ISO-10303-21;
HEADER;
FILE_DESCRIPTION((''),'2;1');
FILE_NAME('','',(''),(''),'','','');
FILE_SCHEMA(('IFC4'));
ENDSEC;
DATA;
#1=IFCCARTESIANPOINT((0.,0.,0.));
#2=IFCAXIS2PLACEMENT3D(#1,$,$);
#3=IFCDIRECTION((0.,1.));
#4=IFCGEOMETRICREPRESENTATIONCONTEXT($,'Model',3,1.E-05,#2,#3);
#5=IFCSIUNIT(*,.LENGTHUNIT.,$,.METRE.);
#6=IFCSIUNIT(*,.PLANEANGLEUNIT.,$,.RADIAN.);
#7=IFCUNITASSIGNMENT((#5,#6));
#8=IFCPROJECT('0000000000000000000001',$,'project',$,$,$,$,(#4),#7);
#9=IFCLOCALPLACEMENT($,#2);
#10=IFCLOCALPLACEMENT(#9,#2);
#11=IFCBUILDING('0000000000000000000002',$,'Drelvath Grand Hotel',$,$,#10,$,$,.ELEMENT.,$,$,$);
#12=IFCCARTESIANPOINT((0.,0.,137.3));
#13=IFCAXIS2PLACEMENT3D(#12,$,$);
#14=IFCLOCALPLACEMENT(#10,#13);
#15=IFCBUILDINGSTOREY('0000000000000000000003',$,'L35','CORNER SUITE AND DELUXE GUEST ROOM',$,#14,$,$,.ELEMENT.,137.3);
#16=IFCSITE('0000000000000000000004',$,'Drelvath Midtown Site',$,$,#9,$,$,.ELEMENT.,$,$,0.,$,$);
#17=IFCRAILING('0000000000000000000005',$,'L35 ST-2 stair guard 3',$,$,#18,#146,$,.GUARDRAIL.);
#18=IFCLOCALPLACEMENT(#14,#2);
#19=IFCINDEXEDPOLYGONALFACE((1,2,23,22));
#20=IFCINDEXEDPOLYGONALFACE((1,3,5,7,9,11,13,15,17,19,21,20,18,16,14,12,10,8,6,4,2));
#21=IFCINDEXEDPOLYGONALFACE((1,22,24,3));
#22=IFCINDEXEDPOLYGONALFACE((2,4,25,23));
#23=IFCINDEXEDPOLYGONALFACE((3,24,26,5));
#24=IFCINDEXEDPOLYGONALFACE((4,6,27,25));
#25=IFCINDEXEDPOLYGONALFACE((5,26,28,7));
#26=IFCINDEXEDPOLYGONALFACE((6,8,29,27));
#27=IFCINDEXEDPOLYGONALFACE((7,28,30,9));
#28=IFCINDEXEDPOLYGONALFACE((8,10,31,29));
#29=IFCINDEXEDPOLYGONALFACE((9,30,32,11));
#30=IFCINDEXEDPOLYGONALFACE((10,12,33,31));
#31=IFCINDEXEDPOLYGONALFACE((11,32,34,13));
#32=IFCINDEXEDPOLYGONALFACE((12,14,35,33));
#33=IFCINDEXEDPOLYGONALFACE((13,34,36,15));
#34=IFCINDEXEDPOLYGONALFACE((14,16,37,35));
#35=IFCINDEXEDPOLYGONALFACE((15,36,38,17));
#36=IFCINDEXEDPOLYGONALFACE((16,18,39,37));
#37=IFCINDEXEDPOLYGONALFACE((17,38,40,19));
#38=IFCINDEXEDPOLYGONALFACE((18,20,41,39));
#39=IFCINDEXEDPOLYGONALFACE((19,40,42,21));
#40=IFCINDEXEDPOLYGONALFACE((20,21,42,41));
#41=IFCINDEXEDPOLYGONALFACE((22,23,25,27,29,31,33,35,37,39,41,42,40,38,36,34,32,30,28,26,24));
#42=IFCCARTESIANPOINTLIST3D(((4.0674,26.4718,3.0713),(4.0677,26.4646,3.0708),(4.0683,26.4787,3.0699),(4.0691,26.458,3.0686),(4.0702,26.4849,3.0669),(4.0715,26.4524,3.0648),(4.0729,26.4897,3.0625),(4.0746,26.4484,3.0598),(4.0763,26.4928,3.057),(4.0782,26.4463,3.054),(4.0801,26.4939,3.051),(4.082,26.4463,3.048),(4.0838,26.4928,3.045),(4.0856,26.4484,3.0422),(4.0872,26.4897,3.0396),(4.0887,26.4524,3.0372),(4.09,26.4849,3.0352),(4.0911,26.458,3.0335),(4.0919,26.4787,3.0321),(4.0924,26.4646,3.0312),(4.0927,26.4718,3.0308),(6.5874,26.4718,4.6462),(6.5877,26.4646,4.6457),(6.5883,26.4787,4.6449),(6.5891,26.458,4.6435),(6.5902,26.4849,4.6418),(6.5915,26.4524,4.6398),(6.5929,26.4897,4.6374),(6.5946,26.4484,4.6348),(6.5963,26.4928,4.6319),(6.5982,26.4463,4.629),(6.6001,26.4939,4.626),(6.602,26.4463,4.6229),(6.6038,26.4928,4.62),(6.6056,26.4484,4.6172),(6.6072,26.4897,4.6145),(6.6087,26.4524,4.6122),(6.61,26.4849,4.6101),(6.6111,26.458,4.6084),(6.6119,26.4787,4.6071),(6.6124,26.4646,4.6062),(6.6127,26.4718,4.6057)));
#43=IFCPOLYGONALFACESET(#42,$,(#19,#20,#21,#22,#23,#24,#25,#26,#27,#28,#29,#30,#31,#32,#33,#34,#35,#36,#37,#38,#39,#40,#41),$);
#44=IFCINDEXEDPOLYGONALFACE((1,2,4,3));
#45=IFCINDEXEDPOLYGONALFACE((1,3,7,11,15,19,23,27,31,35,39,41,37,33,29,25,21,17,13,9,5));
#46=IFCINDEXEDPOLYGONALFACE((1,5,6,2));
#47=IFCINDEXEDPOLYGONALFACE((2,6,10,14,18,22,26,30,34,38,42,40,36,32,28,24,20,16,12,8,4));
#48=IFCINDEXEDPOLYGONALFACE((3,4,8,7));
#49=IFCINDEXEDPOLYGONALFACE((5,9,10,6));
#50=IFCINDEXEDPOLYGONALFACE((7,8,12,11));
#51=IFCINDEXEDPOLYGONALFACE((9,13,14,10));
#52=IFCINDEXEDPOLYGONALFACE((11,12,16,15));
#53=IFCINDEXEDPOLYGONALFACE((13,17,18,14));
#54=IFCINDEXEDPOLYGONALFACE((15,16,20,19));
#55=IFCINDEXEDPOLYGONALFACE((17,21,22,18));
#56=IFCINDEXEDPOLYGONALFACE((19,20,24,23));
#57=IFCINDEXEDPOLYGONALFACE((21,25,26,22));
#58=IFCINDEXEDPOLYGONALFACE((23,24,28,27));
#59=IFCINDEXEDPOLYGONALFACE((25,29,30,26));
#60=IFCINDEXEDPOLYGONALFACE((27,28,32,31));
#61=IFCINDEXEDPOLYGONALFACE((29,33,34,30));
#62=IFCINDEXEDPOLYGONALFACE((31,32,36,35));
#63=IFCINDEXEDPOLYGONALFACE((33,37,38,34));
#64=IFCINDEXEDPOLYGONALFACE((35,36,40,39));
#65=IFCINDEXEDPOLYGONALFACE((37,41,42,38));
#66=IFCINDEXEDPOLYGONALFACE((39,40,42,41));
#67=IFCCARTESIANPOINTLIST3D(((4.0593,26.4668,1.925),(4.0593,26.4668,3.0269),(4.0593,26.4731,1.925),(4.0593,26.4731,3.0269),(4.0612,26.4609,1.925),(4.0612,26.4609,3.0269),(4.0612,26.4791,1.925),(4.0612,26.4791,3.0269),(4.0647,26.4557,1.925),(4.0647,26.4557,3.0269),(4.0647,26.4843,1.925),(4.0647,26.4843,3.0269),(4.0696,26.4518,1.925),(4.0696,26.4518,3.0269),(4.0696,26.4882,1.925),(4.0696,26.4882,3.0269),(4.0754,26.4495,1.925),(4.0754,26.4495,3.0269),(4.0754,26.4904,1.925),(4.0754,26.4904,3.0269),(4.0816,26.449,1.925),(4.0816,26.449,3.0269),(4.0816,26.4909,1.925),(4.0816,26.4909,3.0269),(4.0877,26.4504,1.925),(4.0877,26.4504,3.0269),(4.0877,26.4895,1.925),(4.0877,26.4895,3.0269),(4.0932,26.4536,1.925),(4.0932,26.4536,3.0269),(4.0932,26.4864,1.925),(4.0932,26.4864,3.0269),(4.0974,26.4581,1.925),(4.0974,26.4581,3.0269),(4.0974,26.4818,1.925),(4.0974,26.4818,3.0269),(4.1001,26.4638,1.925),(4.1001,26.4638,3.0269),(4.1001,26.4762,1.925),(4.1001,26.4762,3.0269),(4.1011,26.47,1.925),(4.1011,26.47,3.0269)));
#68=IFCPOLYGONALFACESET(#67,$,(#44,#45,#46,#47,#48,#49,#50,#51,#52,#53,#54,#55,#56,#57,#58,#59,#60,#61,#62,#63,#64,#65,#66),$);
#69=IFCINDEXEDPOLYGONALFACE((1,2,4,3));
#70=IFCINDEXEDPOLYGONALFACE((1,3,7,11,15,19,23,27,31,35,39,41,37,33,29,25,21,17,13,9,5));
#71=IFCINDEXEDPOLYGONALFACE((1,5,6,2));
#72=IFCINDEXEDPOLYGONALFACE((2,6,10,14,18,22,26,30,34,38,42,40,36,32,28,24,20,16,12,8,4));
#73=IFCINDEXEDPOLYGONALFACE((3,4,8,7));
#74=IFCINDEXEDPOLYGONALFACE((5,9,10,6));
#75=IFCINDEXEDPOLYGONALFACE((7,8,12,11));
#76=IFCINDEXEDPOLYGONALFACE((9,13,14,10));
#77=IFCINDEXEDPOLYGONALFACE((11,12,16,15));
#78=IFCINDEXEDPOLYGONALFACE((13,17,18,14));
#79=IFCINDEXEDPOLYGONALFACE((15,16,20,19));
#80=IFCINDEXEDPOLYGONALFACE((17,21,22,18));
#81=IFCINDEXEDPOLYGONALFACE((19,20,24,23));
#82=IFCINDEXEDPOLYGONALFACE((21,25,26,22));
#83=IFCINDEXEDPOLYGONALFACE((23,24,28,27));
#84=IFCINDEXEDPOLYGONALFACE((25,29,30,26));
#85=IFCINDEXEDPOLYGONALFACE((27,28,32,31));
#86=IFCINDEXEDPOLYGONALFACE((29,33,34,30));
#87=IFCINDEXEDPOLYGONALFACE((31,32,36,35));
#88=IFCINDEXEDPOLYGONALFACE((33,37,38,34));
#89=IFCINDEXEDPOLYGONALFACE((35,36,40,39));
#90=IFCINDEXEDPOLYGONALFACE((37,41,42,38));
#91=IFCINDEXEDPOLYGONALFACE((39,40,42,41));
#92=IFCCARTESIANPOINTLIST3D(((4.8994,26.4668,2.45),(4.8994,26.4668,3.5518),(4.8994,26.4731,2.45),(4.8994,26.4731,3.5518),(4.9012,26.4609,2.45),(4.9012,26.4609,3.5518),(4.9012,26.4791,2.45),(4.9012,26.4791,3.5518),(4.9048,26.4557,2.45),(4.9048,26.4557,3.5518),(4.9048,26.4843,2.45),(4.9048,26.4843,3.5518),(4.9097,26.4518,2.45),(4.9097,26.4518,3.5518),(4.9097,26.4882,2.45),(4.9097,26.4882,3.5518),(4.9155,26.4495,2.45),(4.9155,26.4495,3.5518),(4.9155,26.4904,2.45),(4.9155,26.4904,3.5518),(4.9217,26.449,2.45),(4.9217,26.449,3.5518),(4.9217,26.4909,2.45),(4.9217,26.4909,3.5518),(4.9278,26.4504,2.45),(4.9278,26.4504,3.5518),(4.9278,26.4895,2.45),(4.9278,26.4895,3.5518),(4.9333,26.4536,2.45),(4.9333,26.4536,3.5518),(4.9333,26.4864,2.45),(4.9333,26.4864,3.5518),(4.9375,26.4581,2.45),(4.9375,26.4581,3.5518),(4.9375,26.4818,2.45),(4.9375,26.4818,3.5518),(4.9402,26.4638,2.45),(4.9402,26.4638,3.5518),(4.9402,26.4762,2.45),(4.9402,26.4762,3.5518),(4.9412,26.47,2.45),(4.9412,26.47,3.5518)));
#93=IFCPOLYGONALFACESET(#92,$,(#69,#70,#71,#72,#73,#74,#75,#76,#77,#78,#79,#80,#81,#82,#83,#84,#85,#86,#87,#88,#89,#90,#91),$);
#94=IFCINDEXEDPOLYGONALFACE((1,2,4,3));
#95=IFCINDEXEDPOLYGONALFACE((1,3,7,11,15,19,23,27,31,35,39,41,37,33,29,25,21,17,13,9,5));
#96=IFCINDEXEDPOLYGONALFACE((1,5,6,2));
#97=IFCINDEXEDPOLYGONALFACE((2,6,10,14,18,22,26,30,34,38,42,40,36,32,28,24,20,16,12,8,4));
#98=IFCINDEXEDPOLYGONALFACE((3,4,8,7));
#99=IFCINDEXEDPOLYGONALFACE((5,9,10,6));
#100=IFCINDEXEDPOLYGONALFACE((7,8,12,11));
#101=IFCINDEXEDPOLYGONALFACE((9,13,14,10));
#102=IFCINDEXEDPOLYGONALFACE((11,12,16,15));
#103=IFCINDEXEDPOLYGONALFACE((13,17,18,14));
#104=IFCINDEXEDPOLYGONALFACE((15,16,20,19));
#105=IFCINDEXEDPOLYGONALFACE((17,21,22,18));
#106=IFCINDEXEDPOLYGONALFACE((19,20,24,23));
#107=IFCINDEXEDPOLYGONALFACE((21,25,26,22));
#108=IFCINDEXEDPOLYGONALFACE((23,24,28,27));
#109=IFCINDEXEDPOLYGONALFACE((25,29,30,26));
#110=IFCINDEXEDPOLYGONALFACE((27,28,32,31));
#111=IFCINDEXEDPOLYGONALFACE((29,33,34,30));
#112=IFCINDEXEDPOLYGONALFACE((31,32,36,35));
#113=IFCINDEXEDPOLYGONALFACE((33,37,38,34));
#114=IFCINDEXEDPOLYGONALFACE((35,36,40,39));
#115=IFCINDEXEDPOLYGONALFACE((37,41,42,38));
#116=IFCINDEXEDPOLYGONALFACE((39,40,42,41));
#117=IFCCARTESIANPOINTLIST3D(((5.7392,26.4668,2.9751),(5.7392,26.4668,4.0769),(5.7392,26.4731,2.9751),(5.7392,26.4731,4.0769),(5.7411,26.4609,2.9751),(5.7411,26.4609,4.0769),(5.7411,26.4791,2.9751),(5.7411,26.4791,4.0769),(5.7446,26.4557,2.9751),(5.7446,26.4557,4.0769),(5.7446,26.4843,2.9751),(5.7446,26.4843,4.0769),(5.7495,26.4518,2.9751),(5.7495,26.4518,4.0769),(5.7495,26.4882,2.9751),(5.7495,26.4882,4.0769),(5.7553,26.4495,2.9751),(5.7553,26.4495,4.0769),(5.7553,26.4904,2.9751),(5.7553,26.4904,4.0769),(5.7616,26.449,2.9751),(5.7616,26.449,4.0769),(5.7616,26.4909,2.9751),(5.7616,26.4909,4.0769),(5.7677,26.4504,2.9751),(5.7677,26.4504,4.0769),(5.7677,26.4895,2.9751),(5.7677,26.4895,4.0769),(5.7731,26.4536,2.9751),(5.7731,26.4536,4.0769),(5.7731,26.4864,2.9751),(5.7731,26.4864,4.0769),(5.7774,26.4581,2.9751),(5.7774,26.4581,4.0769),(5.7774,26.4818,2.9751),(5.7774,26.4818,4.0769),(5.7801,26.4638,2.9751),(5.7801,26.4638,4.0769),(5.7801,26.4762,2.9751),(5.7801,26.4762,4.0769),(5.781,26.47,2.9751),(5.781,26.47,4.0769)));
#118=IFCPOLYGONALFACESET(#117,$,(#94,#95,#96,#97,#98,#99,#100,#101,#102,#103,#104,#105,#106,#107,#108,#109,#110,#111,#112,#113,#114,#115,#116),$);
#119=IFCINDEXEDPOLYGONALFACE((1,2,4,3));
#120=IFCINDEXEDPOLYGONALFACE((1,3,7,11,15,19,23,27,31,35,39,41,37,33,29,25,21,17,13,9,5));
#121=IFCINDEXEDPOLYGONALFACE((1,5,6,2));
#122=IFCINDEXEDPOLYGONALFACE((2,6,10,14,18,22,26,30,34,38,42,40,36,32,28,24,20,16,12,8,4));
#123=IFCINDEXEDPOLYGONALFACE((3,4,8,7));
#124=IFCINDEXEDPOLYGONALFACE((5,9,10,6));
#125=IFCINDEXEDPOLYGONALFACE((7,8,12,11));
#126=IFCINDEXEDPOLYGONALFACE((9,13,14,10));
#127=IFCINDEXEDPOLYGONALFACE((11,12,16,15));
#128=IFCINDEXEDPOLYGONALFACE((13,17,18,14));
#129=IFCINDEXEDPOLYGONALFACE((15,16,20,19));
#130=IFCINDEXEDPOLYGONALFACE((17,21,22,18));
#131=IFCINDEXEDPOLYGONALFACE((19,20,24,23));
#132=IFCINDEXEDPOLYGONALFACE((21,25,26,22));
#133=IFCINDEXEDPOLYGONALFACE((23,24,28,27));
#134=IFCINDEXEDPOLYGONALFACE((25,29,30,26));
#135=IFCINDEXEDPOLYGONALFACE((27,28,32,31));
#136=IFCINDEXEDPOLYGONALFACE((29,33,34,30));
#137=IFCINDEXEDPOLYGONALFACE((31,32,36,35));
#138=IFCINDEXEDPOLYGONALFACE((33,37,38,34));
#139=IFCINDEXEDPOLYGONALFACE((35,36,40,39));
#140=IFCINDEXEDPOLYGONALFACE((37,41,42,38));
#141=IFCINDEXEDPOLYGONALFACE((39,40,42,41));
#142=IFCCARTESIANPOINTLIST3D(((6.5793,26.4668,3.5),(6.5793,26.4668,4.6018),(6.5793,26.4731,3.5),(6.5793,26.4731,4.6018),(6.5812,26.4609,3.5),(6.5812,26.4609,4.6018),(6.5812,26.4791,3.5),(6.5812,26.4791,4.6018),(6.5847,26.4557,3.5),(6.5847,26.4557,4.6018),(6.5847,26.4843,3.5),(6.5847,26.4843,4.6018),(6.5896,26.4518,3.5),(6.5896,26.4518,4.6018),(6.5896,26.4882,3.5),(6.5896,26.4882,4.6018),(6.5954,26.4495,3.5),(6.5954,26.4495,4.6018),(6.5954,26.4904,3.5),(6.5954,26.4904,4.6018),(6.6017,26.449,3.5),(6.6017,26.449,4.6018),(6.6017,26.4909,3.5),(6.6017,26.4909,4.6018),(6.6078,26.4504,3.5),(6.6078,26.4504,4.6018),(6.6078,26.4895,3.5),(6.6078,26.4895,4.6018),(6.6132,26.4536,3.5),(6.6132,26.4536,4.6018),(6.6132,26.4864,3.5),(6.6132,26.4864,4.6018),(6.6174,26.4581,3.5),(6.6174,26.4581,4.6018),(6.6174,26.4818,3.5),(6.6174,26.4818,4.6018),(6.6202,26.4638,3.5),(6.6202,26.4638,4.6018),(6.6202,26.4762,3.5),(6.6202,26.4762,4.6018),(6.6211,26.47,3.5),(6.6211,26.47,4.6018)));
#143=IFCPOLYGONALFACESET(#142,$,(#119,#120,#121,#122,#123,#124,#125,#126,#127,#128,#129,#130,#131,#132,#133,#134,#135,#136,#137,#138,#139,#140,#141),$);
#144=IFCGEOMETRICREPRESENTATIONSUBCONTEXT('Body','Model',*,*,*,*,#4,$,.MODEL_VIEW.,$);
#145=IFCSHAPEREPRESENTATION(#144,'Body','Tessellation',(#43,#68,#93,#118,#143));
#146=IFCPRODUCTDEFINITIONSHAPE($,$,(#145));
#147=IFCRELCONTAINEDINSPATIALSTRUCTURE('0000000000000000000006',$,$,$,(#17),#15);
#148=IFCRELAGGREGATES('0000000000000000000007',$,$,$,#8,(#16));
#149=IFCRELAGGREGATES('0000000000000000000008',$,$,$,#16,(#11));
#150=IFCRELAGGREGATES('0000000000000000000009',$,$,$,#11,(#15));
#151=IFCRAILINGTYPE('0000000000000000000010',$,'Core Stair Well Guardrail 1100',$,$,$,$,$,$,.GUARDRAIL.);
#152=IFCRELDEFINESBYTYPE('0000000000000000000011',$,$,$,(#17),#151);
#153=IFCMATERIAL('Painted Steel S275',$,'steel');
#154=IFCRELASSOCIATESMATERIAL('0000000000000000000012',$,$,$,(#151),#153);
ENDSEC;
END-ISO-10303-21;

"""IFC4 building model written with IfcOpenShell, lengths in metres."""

from ifc_helpers import new_model, si_unit, direction, frame, origin, origin_2d, place, context, subcontext, project, spatial, circle, extrude, material, type_object, element, save


model = new_model("IFC4")

# Units and contexts
model_context = context("Model", 3, precision=1e-05, world=origin(), true_north=direction((0.0, 1.0)))
body_context = subcontext(model_context, "Body", "Model", "MODEL_VIEW")
ifc_project = project(units=[si_unit("LENGTHUNIT", "METRE"), si_unit("PLANEANGLEUNIT", "RADIAN")], contexts=[model_context])

# Site, building, storey
site_placement = place(None, origin())
site = spatial("IfcSite", under=ifc_project, at=site_placement, Name="Drelvath Midtown Site", CompositionType="ELEMENT", RefElevation=0.0)
building_placement = place(site_placement, origin())
building = spatial("IfcBuilding", under=site, at=building_placement, Name="Drelvath Grand Hotel", CompositionType="ELEMENT")
storey_placement = place(building_placement, frame((0.0, 0.0, 137.3)))
storey = spatial("IfcBuildingStorey", under=building, at=storey_placement, Name="L35", Description="CORNER SUITE AND DELUXE GUEST ROOM", CompositionType="ELEMENT", Elevation=137.3)

# Railing
ifc_material_1 = material(Name="Painted Steel S275", Category="steel")
railing_type_1 = type_object("IfcRailingType", Name="Core Stair Well Guardrail 1100", PredefinedType="GUARDRAIL", material=ifc_material_1)
railing_1_placement = place(storey_placement, frame((4.0801, 26.47, 1.925)))
element("IfcRailing", 1, at=railing_1_placement, inside=storey, type_object=railing_type_1, Name="L35 ST-2 stair guard 3", PredefinedType="GUARDRAIL", context=body_context, shape_type="SweptSolid", body=[
    extrude(circle(Radius=0.0239, at=origin_2d()), frame((0.0, 0.0, 1.126), z_axis=(0.848008, 0.0, 0.529984), x_axis=(0.0, 1.0, 0.0)), (0.0, 0.0, 1.0), 2.9717),
    extrude(circle(Radius=0.021, at=origin_2d()), origin(), (0.0, 0.0, 1.0), 1.1018),
    extrude(circle(Radius=0.021, at=origin_2d()), frame((0.8401, 0.0, 0.5249)), (0.0, 0.0, 1.0), 1.1018),
    extrude(circle(Radius=0.021, at=origin_2d()), frame((1.6799, 0.0, 1.05)), (0.0, 0.0, 1.0), 1.1018),
    extrude(circle(Radius=0.021, at=origin_2d()), frame((2.52, 0.0, 1.575)), (0.0, 0.0, 1.0), 1.1018),
])

save(model, "model.ifc")
